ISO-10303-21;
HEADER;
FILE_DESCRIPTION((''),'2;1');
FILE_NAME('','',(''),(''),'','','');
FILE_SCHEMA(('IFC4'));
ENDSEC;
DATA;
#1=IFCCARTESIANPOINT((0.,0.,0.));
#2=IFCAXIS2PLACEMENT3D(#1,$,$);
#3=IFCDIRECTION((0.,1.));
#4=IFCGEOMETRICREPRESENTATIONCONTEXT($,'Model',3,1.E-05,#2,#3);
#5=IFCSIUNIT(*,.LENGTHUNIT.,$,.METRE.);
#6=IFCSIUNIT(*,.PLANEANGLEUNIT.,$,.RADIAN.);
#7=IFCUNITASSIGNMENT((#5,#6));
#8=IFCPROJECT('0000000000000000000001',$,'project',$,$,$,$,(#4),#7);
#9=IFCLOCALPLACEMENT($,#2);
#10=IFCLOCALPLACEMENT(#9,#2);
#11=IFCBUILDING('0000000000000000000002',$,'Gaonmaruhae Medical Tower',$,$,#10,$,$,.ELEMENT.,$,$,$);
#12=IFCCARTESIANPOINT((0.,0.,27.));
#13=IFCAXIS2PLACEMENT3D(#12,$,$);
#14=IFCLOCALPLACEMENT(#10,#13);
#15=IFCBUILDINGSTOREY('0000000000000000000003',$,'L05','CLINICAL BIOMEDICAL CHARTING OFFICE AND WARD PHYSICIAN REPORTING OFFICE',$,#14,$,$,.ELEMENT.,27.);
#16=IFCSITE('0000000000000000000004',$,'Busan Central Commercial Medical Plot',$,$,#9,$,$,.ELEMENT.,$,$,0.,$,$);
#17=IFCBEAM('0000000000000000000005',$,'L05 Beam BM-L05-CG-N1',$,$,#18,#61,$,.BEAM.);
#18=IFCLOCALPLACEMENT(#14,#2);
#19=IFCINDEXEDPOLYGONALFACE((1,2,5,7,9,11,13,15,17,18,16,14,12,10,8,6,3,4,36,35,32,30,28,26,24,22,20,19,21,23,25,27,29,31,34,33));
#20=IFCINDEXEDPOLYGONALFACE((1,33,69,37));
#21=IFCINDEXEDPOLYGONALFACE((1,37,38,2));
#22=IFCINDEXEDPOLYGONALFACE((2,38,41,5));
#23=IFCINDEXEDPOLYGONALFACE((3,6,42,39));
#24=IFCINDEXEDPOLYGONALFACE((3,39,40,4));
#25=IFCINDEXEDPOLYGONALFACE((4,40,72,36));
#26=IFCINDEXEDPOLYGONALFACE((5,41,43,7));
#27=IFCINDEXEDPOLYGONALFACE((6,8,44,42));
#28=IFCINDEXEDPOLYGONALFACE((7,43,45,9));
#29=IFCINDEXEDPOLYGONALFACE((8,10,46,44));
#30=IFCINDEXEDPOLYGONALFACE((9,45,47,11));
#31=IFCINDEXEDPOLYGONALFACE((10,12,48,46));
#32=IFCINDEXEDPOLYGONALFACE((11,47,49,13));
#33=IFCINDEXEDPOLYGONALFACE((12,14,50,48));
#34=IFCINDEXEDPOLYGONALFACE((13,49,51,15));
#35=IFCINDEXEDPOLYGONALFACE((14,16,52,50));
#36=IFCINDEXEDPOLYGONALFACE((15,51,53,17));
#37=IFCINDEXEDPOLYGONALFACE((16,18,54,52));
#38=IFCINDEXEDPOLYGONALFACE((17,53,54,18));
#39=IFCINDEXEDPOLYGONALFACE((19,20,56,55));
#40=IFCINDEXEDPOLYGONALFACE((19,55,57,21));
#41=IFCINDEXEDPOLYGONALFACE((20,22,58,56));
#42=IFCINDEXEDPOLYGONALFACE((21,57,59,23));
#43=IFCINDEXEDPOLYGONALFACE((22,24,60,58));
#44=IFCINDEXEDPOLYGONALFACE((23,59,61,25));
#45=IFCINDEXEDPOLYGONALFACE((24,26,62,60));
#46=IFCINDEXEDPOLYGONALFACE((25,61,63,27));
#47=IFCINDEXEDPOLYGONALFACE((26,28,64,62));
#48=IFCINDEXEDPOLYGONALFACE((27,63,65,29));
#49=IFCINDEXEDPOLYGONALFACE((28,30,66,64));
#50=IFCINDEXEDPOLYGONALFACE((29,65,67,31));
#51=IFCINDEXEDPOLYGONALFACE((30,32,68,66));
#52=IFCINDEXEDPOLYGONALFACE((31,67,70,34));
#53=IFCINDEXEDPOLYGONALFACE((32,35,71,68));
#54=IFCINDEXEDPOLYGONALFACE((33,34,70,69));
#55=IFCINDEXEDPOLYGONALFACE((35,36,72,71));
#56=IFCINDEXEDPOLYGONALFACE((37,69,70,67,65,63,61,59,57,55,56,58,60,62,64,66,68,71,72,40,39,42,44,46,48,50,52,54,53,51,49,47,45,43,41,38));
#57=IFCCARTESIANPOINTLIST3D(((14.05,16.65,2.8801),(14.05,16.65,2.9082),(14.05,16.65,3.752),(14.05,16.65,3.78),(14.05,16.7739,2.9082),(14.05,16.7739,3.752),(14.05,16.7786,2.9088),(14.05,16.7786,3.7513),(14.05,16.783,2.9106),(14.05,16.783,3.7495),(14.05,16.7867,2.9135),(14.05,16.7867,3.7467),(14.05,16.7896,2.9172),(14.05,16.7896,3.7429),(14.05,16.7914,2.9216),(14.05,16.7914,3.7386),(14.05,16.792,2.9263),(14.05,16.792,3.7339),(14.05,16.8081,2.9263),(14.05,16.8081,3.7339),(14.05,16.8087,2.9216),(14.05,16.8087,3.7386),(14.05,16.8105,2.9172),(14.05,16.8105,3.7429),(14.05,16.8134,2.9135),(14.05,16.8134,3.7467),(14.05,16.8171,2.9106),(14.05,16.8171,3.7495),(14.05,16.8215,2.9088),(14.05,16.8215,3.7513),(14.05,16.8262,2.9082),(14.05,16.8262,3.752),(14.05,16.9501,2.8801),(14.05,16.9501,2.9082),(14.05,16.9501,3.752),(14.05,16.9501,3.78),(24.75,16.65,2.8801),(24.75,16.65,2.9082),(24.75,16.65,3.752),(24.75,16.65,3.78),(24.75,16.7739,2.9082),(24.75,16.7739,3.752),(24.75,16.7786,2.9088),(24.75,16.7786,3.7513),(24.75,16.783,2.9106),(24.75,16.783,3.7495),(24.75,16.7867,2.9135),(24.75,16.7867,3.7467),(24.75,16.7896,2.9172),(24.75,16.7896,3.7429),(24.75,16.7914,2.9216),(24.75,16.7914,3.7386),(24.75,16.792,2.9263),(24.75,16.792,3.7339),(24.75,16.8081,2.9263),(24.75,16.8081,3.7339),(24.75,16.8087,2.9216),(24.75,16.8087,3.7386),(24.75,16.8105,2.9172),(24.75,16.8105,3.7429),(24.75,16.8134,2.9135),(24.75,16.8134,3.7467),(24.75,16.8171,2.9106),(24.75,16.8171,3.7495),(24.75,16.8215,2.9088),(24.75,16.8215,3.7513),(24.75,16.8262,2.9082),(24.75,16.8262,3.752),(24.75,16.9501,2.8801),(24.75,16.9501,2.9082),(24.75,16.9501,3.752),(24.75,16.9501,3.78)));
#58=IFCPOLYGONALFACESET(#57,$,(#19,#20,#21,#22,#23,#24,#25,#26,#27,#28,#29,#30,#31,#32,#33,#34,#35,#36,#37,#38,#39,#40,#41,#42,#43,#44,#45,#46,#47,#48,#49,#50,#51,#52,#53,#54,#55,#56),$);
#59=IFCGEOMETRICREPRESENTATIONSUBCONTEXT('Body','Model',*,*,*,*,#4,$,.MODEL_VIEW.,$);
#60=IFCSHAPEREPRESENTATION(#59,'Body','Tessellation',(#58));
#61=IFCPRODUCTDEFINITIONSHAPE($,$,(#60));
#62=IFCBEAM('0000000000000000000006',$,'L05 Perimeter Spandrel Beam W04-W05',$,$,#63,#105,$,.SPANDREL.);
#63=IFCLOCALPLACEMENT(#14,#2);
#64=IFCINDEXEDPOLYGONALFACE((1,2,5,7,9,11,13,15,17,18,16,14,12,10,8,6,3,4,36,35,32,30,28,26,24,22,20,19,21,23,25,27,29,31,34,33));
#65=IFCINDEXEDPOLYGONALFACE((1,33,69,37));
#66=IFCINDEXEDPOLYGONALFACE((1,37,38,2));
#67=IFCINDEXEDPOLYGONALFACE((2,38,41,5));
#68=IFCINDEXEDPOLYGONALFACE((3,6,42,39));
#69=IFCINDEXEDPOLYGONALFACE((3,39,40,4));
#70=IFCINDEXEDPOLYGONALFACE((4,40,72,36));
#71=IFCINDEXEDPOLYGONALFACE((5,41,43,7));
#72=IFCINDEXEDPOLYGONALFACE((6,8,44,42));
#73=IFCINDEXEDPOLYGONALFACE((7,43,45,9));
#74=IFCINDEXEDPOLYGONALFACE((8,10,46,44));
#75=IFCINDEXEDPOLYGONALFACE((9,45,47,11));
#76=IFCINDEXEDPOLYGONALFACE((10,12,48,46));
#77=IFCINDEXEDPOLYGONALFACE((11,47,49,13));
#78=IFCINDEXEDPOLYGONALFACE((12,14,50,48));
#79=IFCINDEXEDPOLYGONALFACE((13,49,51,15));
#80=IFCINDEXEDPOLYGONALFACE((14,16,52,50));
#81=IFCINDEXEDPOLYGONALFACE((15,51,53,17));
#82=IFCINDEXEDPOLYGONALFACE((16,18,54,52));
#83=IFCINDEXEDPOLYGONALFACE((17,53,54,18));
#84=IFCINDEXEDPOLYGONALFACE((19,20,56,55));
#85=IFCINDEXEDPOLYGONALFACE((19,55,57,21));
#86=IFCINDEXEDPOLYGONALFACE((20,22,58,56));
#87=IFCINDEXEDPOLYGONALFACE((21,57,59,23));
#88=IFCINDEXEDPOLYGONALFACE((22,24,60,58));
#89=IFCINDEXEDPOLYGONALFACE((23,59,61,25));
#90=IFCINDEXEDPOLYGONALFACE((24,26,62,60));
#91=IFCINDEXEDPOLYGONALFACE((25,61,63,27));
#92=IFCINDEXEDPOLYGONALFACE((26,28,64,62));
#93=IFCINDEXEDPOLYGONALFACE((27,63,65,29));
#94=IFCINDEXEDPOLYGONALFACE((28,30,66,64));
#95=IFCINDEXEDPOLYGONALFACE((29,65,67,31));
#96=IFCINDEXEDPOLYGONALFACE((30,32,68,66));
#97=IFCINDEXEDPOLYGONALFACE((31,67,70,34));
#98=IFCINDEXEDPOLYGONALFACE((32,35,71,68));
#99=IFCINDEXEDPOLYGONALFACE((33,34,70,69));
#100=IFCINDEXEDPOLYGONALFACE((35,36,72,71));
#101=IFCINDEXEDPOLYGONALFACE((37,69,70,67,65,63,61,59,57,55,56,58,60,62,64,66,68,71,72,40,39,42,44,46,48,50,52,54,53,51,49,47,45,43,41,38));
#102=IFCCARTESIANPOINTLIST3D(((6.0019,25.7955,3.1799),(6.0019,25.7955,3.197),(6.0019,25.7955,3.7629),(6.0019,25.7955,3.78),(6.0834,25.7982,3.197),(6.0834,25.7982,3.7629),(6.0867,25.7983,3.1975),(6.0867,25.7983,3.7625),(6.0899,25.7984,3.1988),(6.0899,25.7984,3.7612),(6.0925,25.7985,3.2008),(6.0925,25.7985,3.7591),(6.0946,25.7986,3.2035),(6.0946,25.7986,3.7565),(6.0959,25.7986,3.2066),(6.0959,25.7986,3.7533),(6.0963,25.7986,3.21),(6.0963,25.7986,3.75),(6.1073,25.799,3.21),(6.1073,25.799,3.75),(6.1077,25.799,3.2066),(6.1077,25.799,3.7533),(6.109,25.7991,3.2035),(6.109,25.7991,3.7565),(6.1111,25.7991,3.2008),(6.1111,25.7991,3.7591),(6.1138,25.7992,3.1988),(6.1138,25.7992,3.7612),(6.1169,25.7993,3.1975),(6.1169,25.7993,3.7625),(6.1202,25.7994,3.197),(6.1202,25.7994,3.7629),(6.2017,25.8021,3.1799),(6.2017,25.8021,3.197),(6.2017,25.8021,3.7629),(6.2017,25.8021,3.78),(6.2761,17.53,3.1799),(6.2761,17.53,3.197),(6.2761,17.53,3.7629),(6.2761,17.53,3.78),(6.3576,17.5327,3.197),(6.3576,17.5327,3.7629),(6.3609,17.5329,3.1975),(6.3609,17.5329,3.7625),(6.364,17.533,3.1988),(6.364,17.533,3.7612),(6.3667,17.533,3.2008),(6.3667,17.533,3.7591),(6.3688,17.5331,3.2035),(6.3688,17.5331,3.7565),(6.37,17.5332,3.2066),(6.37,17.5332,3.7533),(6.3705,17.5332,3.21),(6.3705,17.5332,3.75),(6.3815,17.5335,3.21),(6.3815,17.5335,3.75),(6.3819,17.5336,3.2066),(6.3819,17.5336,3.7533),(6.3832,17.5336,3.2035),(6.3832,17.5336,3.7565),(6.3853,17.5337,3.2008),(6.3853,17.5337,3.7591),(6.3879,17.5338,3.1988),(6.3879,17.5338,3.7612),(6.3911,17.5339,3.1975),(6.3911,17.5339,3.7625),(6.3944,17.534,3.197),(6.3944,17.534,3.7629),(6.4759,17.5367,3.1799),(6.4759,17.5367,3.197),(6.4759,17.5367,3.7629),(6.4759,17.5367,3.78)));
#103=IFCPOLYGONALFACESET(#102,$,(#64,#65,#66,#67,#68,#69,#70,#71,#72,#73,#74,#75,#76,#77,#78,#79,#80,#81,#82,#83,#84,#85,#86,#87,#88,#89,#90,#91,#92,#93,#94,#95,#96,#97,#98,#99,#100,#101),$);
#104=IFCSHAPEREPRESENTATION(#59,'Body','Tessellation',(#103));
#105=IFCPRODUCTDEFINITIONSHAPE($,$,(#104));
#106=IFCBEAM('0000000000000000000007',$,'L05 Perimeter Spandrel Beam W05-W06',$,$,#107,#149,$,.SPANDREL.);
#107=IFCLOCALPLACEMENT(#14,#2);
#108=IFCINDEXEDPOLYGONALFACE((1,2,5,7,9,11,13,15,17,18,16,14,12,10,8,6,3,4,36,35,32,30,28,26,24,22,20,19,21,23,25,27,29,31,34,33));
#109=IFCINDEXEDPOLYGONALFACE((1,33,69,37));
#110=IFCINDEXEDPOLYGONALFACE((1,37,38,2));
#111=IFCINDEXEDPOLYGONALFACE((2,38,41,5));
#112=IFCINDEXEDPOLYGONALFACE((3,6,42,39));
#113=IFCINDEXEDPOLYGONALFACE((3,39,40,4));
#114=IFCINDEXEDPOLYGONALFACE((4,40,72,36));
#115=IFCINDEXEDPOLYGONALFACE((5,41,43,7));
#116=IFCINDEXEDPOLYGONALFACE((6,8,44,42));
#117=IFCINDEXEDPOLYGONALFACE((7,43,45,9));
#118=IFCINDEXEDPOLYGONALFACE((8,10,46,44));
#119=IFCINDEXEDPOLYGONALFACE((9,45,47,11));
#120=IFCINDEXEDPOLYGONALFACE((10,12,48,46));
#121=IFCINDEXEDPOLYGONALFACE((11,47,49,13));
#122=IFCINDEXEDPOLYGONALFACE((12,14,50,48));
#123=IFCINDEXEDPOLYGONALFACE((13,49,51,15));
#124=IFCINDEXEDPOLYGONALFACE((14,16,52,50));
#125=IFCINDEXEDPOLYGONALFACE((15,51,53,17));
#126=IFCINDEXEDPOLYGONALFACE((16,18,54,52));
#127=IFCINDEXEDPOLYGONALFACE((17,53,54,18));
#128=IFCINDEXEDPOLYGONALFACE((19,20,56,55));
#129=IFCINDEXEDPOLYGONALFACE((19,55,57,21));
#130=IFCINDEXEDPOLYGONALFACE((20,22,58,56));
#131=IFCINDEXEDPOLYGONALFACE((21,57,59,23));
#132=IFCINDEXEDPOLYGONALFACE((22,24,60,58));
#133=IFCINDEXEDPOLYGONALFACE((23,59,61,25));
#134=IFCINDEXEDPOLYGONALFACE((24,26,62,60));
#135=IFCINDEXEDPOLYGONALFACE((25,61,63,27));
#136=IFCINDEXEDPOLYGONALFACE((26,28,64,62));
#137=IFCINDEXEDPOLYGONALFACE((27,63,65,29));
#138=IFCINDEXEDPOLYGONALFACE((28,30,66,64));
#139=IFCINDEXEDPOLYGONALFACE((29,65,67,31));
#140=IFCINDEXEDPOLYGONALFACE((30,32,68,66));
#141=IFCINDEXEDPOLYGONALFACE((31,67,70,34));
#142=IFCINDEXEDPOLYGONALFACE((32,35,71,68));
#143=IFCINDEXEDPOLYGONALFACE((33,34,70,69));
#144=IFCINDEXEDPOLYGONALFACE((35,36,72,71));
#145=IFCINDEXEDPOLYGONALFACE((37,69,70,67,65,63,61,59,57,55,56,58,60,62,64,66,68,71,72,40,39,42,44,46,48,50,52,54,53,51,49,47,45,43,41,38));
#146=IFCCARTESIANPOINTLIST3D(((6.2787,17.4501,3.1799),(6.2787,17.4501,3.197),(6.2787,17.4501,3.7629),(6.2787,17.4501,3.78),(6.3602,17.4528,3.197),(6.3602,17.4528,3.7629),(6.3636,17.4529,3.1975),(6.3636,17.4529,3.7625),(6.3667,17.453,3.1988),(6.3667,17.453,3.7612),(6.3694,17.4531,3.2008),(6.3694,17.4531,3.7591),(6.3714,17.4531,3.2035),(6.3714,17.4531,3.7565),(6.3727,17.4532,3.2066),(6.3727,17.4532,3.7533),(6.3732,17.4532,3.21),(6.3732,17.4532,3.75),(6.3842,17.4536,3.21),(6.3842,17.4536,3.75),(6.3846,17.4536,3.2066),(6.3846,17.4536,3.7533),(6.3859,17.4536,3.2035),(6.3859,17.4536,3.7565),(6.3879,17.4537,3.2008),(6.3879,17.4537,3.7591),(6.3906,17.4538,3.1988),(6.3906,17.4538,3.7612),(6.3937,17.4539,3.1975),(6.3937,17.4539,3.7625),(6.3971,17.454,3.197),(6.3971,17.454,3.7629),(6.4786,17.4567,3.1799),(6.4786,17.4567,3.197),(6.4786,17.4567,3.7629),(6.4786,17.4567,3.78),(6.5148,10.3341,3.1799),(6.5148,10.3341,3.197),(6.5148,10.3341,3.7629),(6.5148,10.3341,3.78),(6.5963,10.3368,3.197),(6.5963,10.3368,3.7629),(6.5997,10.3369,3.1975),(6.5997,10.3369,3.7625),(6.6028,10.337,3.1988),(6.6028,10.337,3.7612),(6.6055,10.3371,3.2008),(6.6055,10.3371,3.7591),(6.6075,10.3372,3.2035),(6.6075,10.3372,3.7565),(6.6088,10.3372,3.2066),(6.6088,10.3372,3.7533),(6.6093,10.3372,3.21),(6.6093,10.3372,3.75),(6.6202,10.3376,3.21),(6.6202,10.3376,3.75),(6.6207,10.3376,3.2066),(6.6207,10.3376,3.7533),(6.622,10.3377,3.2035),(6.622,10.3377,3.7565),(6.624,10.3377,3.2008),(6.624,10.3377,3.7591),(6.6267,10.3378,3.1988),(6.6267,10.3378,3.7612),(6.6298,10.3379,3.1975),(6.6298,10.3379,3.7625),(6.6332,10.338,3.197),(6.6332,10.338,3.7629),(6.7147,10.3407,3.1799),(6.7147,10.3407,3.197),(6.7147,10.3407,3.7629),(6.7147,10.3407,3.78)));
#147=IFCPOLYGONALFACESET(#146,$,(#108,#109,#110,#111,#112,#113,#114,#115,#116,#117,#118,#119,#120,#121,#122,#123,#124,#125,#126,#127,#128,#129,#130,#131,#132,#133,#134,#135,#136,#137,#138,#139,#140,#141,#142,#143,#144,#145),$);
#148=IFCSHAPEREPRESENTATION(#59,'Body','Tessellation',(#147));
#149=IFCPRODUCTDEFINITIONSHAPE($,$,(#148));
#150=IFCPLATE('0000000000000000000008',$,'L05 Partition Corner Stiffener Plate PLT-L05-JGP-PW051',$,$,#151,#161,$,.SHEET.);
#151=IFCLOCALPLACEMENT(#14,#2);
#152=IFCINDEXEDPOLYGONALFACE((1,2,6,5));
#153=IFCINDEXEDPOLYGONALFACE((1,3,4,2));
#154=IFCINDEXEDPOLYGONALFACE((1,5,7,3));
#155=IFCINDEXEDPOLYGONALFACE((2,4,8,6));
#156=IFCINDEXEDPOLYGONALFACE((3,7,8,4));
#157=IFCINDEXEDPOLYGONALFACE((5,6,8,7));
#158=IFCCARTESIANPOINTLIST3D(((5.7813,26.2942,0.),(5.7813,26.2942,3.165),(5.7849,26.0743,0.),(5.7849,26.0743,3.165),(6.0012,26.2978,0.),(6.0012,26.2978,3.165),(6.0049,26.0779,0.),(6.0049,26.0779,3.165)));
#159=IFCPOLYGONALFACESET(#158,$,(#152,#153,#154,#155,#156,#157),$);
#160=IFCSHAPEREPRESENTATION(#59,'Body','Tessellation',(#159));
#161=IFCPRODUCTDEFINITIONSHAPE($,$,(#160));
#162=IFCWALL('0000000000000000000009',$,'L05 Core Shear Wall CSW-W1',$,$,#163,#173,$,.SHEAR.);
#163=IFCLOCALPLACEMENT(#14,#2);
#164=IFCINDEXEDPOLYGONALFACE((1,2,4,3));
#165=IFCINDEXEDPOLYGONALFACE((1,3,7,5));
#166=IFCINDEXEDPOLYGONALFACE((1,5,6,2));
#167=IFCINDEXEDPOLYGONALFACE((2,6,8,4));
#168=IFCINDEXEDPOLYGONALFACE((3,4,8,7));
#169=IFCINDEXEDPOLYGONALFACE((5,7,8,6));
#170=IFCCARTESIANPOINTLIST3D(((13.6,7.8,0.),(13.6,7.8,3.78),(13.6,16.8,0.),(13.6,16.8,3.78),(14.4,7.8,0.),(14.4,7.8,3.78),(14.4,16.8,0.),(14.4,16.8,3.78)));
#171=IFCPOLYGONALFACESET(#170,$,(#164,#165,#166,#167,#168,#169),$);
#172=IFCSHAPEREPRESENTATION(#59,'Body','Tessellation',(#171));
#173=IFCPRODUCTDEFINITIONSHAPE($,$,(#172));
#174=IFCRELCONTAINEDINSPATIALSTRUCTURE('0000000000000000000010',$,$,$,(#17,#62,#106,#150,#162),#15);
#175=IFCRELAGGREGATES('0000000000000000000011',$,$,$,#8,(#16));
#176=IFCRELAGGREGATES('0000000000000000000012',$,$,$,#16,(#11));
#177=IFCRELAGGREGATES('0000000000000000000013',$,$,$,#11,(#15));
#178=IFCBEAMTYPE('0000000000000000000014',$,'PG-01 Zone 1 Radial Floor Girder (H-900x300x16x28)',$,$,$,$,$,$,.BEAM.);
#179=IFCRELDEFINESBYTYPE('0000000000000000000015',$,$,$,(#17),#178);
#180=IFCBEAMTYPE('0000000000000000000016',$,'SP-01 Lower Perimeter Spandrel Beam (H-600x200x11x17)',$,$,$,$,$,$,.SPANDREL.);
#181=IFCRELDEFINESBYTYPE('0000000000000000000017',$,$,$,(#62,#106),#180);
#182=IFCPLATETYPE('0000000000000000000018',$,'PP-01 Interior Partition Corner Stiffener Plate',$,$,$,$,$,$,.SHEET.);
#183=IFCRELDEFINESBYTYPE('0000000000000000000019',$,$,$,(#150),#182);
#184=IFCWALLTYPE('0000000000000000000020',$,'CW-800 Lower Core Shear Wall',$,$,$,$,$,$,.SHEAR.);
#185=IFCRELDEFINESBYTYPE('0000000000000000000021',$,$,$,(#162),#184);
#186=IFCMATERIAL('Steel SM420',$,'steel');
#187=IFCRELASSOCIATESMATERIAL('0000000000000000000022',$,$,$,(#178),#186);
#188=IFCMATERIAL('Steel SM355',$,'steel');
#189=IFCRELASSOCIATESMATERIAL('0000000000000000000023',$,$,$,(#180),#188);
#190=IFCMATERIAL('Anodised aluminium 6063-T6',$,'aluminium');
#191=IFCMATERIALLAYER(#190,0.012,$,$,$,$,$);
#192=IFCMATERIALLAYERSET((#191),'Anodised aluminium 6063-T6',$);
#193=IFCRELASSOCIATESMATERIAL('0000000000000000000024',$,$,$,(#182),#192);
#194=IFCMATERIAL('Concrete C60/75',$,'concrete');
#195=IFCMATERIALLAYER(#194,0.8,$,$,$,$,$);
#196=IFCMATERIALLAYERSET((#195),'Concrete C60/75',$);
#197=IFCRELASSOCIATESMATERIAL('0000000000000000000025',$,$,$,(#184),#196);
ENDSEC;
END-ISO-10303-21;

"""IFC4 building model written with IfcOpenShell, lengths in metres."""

from ifc_helpers import new_model, si_unit, direction, frame, frame_2d, origin, origin_2d, place, context, subcontext, project, spatial, rectangle, i_section, extrude, material, layer, layer_set, material_profile, profile_set, type_object, element, save


model = new_model("IFC4")

# Units and contexts
model_context = context("Model", 3, precision=1e-05, world=origin(), true_north=direction((0.0, 1.0)))
body_context = subcontext(model_context, "Body", "Model", "MODEL_VIEW")
ifc_project = project(units=[si_unit("LENGTHUNIT", "METRE"), si_unit("PLANEANGLEUNIT", "RADIAN")], contexts=[model_context])

# Site, building, storey
site_placement = place(None, origin())
site = spatial("IfcSite", under=ifc_project, at=site_placement, Name="Busan Central Commercial Medical Plot", CompositionType="ELEMENT", RefElevation=0.0)
building_placement = place(site_placement, origin())
building = spatial("IfcBuilding", under=site, at=building_placement, Name="Gaonmaruhae Medical Tower", CompositionType="ELEMENT")
storey_placement = place(building_placement, frame((0.0, 0.0, 27.0)))
storey = spatial("IfcBuildingStorey", under=building, at=storey_placement, Name="L05", Description="CLINICAL BIOMEDICAL CHARTING OFFICE AND WARD PHYSICIAN REPORTING OFFICE", CompositionType="ELEMENT", Elevation=27.0)

# Shared definitions
ifc_material_1 = material(Name="Concrete C60/75", Category="concrete")

# Beams
ifc_material_2 = material(Name="Steel SM420", Category="steel")
ifc_material_3 = material(Name="Steel SM355", Category="steel")
ifc_material_profile_1 = material_profile(ifc_material_2, i_section(OverallWidth=0.3, OverallDepth=0.8999, WebThickness=0.0161, FlangeThickness=0.0281, FilletRadius=0.0181, at=origin_2d()), Name="H-900x300x16x28")
ifc_profile_set_1 = profile_set([ifc_material_profile_1], Name="Steel SM420")
beam_type_1 = type_object("IfcBeamType", Name="PG-01 Zone 1 Radial Floor Girder (H-900x300x16x28)", PredefinedType="BEAM", material=ifc_profile_set_1)
beam_1_placement = place(storey_placement, frame((14.05, 16.8, 3.3301), z_axis=(1.0, 0.0, 0.0), x_axis=(0.0, 1.0, 0.0)))
element("IfcBeam", 1, at=beam_1_placement, inside=storey, type_object=beam_type_1, Name="L05 Beam BM-L05-CG-N1", PredefinedType="BEAM", context=body_context, shape_type="SweptSolid", body=[
    extrude(i_section(OverallWidth=0.3, OverallDepth=0.8999, WebThickness=0.0161, FlangeThickness=0.0281, FilletRadius=0.0181, at=origin_2d()), origin(), (0.0, 0.0, 1.0), 10.7),
])
ifc_material_profile_2 = material_profile(ifc_material_3, i_section(OverallWidth=0.2, OverallDepth=0.6001, WebThickness=0.011, FlangeThickness=0.0171, FilletRadius=0.0129, at=origin_2d()), Name="H-600x200x11x17")
ifc_profile_set_2 = profile_set([ifc_material_profile_2], Name="Steel SM355")
beam_type_2 = type_object("IfcBeamType", Name="SP-01 Lower Perimeter Spandrel Beam (H-600x200x11x17)", PredefinedType="SPANDREL", material=ifc_profile_set_2)
beam_2_placement = place(storey_placement, frame((6.1018, 25.7988, 3.48), z_axis=(0.033153, -0.99945, 0.0), x_axis=(0.99945, 0.033153, 0.0)))
element("IfcBeam", 2, at=beam_2_placement, inside=storey, type_object=beam_type_2, Name="L05 Perimeter Spandrel Beam W04-W05", PredefinedType="SPANDREL", context=body_context, shape_type="SweptSolid", body=[
    extrude(i_section(OverallWidth=0.2, OverallDepth=0.6001, WebThickness=0.011, FlangeThickness=0.0171, FilletRadius=0.0129, at=origin_2d()), origin(), (0.0, 0.0, 1.0), 8.27),
])
beam_3_placement = place(storey_placement, frame((6.3787, 17.4534, 3.48), z_axis=(0.033158, -0.99945, 0.0), x_axis=(0.99945, 0.033158, 0.0)))
element("IfcBeam", 3, at=beam_3_placement, inside=storey, type_object=beam_type_2, Name="L05 Perimeter Spandrel Beam W05-W06", PredefinedType="SPANDREL", context=body_context, shape_type="SweptSolid", body=[
    extrude(i_section(OverallWidth=0.2, OverallDepth=0.6001, WebThickness=0.011, FlangeThickness=0.0171, FilletRadius=0.0129, at=origin_2d()), origin(), (0.0, 0.0, 1.0), 7.1199),
])

# Plate
ifc_material_4 = material(Name="Anodised aluminium 6063-T6", Category="aluminium")
ifc_layer_1 = layer(ifc_material_4, 0.012)
ifc_layer_set_1 = layer_set([ifc_layer_1], Name="Anodised aluminium 6063-T6")
plate_type = type_object("IfcPlateType", Name="PP-01 Interior Partition Corner Stiffener Plate", PredefinedType="SHEET", material=ifc_layer_set_1)
plate_placement = place(storey_placement, frame((5.8931, 26.186, 0.0), z_axis=(0.0, 0.0, 1.0), x_axis=(-0.016493, 0.999864, 0.0)))
element("IfcPlate", 4, at=plate_placement, inside=storey, type_object=plate_type, Name="L05 Partition Corner Stiffener Plate PLT-L05-JGP-PW051", PredefinedType="SHEET", context=body_context, shape_type="SweptSolid", body=[
    extrude(rectangle(XDim=0.22, YDim=0.22, at=origin_2d()), origin(), (0.0, 0.0, 1.0), 3.165),
])

# Wall
ifc_layer_2 = layer(ifc_material_1, 0.8)
ifc_layer_set_2 = layer_set([ifc_layer_2], Name="Concrete C60/75")
wall_type_1 = type_object("IfcWallType", Name="CW-800 Lower Core Shear Wall", PredefinedType="SHEAR", material=ifc_layer_set_2)
wall_1_placement = place(storey_placement, frame((14.0, 16.8, 0.0), z_axis=(0.0, 0.0, 1.0), x_axis=(0.0, -1.0, 0.0)))
element("IfcWall", 5, at=wall_1_placement, inside=storey, type_object=wall_type_1, Name="L05 Core Shear Wall CSW-W1", PredefinedType="SHEAR", context=body_context, shape_type="SweptSolid", body=[
    extrude(rectangle(XDim=9.0, YDim=0.8, at=frame_2d((4.5, 0.0))), origin(), (0.0, 0.0, 1.0), 3.78),
])

save(model, "model.ifc")
